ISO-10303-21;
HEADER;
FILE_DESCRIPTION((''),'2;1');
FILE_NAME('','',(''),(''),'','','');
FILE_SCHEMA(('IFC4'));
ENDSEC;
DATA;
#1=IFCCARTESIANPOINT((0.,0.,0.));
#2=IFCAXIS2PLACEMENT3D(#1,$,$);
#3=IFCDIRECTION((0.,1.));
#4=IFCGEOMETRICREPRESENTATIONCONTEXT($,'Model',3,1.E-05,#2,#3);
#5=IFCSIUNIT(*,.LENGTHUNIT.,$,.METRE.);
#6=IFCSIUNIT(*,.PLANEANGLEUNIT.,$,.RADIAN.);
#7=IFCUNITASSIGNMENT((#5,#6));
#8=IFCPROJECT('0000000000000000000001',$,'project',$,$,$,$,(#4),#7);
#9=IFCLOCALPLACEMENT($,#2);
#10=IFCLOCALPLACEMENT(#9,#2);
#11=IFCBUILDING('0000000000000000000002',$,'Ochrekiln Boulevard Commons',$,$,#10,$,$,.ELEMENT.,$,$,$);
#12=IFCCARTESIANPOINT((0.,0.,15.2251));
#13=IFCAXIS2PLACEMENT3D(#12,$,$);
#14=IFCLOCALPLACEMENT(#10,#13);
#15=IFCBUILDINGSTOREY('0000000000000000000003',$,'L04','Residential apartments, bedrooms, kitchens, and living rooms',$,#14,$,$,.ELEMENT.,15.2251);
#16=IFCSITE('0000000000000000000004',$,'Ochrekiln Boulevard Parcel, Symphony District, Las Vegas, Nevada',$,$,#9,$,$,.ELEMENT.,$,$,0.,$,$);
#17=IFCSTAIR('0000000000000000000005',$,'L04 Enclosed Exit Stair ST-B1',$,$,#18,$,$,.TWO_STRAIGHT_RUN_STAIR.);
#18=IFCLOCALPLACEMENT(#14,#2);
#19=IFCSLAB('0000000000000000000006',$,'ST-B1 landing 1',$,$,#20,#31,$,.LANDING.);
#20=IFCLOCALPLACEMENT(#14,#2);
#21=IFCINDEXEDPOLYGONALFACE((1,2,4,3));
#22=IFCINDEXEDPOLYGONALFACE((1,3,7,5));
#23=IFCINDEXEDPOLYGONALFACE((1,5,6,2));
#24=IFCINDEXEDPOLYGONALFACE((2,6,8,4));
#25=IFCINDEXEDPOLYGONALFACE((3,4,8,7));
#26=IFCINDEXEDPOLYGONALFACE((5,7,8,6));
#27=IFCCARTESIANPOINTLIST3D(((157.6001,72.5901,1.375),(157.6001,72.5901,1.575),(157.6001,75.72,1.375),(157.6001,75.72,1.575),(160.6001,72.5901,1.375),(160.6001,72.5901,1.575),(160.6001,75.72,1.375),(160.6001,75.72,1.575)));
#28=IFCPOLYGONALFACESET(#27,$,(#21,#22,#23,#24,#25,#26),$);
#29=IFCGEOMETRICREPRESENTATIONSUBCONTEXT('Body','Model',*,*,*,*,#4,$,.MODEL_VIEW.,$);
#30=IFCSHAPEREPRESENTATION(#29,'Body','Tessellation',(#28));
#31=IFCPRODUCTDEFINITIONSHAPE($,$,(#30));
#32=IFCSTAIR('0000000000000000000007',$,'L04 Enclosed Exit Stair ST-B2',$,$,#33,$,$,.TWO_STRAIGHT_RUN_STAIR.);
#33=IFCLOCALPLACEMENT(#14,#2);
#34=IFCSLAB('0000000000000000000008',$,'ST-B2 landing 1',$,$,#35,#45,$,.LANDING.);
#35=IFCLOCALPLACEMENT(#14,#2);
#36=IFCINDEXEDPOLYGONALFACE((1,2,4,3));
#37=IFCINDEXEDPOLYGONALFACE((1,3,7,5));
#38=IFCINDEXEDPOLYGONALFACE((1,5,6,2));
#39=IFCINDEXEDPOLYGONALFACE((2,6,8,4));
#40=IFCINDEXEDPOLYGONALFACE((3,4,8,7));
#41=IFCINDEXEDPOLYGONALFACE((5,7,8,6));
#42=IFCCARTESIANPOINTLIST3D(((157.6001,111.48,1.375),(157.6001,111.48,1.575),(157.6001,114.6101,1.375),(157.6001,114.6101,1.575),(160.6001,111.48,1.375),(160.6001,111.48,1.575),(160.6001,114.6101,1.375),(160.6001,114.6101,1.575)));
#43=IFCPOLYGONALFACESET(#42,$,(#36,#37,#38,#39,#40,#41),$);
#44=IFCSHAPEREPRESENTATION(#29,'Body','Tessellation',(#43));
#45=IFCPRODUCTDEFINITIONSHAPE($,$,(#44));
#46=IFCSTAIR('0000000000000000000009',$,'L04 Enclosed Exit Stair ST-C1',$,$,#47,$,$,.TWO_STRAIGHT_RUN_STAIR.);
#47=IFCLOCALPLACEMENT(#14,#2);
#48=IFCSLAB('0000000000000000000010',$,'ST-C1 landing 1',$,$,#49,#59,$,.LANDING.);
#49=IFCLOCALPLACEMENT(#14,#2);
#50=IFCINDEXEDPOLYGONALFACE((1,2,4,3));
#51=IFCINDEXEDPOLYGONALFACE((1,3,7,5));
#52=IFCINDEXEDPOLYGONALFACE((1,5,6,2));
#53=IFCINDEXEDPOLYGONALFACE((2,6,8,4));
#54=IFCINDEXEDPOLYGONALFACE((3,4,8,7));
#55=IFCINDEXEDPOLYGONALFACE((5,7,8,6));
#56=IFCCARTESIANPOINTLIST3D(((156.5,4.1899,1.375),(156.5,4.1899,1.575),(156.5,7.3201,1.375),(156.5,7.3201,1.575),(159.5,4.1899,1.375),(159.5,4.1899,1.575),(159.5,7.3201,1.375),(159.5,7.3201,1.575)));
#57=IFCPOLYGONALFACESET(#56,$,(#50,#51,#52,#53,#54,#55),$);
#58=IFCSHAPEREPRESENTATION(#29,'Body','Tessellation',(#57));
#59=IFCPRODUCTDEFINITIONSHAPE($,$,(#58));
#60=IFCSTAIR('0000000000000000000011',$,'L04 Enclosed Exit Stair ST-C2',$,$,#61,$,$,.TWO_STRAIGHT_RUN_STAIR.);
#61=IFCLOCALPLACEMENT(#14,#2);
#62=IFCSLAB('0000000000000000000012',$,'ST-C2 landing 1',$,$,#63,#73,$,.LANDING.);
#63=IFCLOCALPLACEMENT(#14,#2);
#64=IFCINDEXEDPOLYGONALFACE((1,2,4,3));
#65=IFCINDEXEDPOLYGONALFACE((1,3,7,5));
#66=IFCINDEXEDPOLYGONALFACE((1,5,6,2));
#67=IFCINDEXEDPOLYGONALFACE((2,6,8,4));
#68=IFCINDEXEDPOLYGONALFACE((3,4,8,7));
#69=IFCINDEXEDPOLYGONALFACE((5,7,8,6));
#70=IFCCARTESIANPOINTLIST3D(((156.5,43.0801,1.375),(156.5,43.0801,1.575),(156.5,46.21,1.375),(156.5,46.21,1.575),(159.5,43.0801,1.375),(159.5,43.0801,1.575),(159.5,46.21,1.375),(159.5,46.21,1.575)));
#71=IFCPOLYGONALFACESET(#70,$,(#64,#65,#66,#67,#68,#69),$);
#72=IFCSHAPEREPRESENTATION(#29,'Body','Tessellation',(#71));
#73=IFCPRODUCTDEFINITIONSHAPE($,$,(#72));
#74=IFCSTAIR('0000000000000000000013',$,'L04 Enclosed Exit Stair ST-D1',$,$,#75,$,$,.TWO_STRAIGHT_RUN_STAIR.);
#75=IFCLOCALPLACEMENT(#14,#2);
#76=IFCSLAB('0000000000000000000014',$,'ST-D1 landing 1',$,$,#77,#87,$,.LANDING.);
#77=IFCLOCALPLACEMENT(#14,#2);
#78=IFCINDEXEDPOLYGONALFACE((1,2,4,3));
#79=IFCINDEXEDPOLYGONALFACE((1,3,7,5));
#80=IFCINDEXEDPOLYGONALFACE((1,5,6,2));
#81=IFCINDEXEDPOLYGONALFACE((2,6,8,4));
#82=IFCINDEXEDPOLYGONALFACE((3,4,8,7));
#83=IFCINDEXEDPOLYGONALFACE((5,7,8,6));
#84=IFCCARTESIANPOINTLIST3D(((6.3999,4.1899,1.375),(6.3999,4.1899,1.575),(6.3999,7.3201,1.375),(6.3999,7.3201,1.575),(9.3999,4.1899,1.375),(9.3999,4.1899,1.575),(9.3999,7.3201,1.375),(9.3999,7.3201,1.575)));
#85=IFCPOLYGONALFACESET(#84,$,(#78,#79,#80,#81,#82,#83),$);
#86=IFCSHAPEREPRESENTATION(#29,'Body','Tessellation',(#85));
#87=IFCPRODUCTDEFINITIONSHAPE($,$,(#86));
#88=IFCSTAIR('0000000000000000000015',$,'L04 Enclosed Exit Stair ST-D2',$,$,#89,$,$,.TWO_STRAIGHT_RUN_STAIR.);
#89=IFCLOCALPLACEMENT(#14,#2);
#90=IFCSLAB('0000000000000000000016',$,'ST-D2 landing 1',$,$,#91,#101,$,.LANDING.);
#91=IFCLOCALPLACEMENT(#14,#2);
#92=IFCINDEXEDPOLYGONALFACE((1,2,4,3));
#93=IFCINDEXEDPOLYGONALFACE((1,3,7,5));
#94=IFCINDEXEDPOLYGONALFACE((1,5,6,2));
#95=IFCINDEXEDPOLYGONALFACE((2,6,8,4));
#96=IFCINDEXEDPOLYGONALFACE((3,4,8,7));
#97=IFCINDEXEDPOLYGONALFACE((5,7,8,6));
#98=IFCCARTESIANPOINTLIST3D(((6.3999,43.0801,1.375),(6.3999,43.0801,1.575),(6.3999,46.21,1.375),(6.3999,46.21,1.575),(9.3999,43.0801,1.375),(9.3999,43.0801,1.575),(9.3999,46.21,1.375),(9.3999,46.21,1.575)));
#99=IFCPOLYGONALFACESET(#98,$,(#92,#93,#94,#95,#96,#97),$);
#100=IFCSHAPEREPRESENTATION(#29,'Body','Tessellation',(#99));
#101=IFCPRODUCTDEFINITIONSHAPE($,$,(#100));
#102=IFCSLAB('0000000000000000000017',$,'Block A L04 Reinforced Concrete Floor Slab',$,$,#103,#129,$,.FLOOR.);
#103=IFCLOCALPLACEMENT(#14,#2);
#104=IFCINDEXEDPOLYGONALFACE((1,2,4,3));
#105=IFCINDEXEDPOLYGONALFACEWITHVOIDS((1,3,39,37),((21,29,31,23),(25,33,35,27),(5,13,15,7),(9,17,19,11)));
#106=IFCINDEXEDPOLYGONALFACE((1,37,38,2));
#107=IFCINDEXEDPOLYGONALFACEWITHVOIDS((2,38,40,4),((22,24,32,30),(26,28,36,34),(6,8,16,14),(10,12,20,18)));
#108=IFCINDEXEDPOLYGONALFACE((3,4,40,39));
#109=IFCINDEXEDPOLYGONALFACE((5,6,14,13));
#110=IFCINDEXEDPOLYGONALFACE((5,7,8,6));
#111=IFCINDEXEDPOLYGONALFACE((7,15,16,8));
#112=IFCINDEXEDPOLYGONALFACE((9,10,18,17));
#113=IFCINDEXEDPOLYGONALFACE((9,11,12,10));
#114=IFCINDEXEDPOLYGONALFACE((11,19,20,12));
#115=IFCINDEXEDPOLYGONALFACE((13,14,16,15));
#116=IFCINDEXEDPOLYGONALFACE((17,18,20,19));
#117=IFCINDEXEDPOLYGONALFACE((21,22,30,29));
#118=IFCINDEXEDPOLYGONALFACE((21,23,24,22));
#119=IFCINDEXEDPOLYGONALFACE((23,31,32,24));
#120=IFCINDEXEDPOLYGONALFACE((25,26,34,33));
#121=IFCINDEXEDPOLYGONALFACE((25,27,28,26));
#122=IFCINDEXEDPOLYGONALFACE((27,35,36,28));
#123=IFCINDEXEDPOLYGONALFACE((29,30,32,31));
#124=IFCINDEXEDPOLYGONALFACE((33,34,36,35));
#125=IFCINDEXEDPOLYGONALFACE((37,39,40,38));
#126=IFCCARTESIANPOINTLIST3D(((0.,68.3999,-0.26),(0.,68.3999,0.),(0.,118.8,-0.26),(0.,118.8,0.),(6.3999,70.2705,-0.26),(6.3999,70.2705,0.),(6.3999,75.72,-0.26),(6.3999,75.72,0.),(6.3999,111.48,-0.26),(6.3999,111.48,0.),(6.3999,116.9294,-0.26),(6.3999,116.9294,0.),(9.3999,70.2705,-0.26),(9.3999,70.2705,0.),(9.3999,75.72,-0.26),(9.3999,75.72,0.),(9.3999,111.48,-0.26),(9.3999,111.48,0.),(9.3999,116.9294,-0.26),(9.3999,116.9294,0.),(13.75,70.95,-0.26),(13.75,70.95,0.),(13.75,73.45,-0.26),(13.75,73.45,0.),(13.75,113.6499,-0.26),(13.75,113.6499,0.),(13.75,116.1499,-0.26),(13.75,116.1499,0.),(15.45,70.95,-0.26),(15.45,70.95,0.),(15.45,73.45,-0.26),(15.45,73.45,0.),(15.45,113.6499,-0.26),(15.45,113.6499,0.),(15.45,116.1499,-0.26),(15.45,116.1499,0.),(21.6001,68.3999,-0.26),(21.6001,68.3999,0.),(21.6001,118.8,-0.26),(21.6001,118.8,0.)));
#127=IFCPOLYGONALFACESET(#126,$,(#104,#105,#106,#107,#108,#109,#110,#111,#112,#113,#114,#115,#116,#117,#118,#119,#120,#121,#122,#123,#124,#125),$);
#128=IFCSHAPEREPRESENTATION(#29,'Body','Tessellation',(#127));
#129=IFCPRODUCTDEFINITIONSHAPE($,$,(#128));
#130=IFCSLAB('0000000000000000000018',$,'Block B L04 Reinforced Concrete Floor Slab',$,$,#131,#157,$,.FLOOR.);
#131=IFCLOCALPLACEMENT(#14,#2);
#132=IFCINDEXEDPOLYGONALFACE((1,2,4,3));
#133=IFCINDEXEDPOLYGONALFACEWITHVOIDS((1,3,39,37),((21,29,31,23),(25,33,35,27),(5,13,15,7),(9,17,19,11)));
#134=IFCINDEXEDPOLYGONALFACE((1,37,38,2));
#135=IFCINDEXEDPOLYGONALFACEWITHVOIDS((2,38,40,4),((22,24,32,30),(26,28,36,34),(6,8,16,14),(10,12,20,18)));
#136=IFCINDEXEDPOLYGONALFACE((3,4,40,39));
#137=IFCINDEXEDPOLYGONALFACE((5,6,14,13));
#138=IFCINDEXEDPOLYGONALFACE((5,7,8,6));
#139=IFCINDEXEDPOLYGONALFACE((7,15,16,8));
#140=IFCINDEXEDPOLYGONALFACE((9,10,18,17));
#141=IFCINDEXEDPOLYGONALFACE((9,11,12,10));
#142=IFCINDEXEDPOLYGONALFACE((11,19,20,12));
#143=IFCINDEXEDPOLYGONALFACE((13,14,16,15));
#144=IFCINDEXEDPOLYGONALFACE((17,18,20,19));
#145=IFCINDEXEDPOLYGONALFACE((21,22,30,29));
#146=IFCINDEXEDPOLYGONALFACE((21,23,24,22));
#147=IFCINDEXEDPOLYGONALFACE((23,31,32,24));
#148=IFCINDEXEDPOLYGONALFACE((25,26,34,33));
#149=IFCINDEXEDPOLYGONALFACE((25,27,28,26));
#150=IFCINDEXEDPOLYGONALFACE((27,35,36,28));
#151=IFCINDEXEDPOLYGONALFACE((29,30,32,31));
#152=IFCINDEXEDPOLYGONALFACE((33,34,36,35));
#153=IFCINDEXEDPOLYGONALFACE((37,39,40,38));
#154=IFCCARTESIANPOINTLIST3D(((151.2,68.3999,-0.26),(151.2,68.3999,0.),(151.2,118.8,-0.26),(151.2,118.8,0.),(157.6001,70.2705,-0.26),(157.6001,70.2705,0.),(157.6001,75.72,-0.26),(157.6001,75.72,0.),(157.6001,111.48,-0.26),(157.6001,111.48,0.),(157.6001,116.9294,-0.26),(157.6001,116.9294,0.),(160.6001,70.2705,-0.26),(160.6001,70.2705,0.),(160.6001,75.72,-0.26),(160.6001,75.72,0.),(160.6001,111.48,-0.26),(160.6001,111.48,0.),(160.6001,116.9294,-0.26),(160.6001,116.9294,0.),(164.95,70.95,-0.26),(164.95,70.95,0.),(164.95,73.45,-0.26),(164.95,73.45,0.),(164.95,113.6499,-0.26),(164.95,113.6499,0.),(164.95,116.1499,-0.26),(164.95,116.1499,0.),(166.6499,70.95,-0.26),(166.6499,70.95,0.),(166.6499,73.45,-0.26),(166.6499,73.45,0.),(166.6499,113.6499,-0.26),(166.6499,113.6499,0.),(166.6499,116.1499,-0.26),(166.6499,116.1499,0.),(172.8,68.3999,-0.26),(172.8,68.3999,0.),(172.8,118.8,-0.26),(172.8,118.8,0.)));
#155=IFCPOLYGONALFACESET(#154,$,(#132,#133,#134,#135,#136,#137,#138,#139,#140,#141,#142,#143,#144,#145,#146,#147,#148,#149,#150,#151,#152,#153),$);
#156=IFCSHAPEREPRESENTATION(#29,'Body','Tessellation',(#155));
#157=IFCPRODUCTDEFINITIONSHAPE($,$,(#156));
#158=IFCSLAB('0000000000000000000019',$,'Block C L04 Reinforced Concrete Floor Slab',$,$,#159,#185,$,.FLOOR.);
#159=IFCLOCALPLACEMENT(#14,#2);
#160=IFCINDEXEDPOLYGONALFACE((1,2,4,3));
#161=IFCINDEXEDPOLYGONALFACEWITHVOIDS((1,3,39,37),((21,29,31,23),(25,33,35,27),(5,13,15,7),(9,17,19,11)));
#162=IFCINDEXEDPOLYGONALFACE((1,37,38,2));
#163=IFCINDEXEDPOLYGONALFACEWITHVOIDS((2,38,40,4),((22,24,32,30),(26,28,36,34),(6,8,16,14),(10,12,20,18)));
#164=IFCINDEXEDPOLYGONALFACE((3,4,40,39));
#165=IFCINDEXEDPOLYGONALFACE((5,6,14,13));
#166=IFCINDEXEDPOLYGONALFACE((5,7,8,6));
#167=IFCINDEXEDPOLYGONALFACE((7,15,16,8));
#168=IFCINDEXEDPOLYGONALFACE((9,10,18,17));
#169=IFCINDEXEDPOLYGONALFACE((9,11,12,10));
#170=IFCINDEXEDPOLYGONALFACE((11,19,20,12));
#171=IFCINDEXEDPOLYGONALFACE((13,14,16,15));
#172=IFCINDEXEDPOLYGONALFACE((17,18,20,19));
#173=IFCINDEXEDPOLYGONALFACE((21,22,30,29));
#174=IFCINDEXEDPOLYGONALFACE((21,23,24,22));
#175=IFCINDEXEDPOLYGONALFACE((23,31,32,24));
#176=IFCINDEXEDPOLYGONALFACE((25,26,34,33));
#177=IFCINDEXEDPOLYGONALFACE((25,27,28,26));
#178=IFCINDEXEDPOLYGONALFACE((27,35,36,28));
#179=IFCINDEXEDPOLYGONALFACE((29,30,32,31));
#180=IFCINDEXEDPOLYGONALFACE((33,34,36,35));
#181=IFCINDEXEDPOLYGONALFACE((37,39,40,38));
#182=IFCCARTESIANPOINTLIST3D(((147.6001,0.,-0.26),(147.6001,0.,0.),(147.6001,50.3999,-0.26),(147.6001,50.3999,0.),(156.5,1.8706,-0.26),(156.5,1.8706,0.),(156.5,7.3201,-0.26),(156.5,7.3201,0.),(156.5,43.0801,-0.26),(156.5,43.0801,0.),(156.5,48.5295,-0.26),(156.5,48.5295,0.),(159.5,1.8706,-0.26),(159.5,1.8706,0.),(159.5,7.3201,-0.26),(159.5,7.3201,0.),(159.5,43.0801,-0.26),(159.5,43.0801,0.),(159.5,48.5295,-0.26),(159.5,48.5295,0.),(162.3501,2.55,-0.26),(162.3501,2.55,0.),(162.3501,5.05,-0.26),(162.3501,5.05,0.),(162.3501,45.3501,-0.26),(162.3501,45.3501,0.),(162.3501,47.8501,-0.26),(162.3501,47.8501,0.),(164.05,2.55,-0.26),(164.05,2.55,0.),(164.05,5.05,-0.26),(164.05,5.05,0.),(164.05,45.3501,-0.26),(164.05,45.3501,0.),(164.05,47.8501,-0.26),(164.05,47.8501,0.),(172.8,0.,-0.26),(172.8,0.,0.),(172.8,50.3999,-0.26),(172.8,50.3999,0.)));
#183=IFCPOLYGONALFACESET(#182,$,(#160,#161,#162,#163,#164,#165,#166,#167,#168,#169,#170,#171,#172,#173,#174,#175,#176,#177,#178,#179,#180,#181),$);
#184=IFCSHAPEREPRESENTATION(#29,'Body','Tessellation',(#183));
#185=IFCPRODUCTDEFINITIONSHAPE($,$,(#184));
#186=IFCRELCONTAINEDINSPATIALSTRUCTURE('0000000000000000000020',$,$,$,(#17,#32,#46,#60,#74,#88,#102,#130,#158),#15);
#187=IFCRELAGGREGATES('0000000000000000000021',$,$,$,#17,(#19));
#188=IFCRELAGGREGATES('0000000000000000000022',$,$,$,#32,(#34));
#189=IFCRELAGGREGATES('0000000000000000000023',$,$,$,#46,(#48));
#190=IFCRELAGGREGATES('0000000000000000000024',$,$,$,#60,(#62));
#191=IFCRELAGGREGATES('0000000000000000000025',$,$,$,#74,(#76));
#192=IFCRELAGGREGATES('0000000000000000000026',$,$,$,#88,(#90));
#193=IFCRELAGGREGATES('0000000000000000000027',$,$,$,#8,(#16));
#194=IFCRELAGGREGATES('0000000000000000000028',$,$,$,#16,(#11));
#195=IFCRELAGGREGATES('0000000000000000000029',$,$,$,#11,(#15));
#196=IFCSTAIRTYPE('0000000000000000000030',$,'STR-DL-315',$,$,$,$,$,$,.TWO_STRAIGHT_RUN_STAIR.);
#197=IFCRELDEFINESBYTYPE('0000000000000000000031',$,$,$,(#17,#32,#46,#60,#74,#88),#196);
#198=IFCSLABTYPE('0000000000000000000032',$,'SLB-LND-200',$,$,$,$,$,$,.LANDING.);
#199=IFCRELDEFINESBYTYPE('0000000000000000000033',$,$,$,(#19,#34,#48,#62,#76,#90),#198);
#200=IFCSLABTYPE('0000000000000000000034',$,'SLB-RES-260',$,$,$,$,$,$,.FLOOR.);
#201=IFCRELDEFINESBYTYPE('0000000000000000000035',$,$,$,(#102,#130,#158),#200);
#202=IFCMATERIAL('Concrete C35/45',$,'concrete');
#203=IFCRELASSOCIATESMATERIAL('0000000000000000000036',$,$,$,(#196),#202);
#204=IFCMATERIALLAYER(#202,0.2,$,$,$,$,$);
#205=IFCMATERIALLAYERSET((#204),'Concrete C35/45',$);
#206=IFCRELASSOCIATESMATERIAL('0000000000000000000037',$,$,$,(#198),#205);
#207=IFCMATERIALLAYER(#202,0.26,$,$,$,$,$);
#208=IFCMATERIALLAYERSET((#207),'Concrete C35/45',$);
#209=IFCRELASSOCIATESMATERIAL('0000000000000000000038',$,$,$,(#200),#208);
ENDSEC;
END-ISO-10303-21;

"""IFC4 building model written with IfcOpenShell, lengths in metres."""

from ifc_helpers import new_model, si_unit, direction, frame, origin, place, context, subcontext, project, spatial, polyline, outline, extrude, material, layer, layer_set, type_object, element, aggregate, save


model = new_model("IFC4")

# Units and contexts
model_context = context("Model", 3, precision=1e-05, world=origin(), true_north=direction((0.0, 1.0)))
body_context = subcontext(model_context, "Body", "Model", "MODEL_VIEW")
ifc_project = project(units=[si_unit("LENGTHUNIT", "METRE"), si_unit("PLANEANGLEUNIT", "RADIAN")], contexts=[model_context])

# Site, building, storey
site_placement = place(None, origin())
site = spatial("IfcSite", under=ifc_project, at=site_placement, Name="Ochrekiln Boulevard Parcel, Symphony District, Las Vegas, Nevada", CompositionType="ELEMENT", RefElevation=0.0)
building_placement = place(site_placement, origin())
building = spatial("IfcBuilding", under=site, at=building_placement, Name="Ochrekiln Boulevard Commons", CompositionType="ELEMENT")
storey_placement = place(building_placement, frame((0.0, 0.0, 15.2251)))
storey = spatial("IfcBuildingStorey", under=building, at=storey_placement, Name="L04", Description="Residential apartments, bedrooms, kitchens, and living rooms", CompositionType="ELEMENT", Elevation=15.2251)

# Shared definitions
ifc_material_1 = material(Name="Concrete C35/45", Category="concrete")

# Stairs, slabs
stair_type = type_object("IfcStairType", Name="STR-DL-315", PredefinedType="TWO_STRAIGHT_RUN_STAIR", material=ifc_material_1)
ifc_layer_1 = layer(ifc_material_1, 0.2)
ifc_layer_set_1 = layer_set([ifc_layer_1], Name="Concrete C35/45")
slab_type_1 = type_object("IfcSlabType", Name="SLB-LND-200", PredefinedType="LANDING", material=ifc_layer_set_1)
stair_1_placement = place(storey_placement, origin())
stair_1 = element("IfcStair", 1, at=stair_1_placement, inside=storey, type_object=stair_type, Name="L04 Enclosed Exit Stair ST-B1", PredefinedType="TWO_STRAIGHT_RUN_STAIR")
slab_1_placement = place(storey_placement, frame((0.0, 0.0, 1.375)))
slab_1 = element("IfcSlab", 2, at=slab_1_placement, type_object=slab_type_1, Name="ST-B1 landing 1", PredefinedType="LANDING", context=body_context, shape_type="SweptSolid", body=[
    extrude(outline(polyline([(160.6001, 72.5901), (160.6001, 75.72), (157.6001, 75.72), (157.6001, 72.5901), (160.6001, 72.5901)])), origin(), (0.0, 0.0, 1.0), 0.2),
])
aggregate(stair_1, [slab_1])
stair_2_placement = place(storey_placement, origin())
stair_2 = element("IfcStair", 3, at=stair_2_placement, inside=storey, type_object=stair_type, Name="L04 Enclosed Exit Stair ST-B2", PredefinedType="TWO_STRAIGHT_RUN_STAIR")
slab_2_placement = place(storey_placement, frame((0.0, 0.0, 1.375)))
slab_2 = element("IfcSlab", 4, at=slab_2_placement, type_object=slab_type_1, Name="ST-B2 landing 1", PredefinedType="LANDING", context=body_context, shape_type="SweptSolid", body=[
    extrude(outline(polyline([(157.6001, 114.6101), (157.6001, 111.48), (160.6001, 111.48), (160.6001, 114.6101), (157.6001, 114.6101)])), origin(), (0.0, 0.0, 1.0), 0.2),
])
aggregate(stair_2, [slab_2])
stair_3_placement = place(storey_placement, origin())
stair_3 = element("IfcStair", 5, at=stair_3_placement, inside=storey, type_object=stair_type, Name="L04 Enclosed Exit Stair ST-C1", PredefinedType="TWO_STRAIGHT_RUN_STAIR")
slab_3_placement = place(storey_placement, frame((0.0, 0.0, 1.375)))
slab_3 = element("IfcSlab", 6, at=slab_3_placement, type_object=slab_type_1, Name="ST-C1 landing 1", PredefinedType="LANDING", context=body_context, shape_type="SweptSolid", body=[
    extrude(outline(polyline([(159.5, 4.1899), (159.5, 7.3201), (156.5, 7.3201), (156.5, 4.1899), (159.5, 4.1899)])), origin(), (0.0, 0.0, 1.0), 0.2),
])
aggregate(stair_3, [slab_3])
stair_4_placement = place(storey_placement, origin())
stair_4 = element("IfcStair", 7, at=stair_4_placement, inside=storey, type_object=stair_type, Name="L04 Enclosed Exit Stair ST-C2", PredefinedType="TWO_STRAIGHT_RUN_STAIR")
slab_4_placement = place(storey_placement, frame((0.0, 0.0, 1.375)))
slab_4 = element("IfcSlab", 8, at=slab_4_placement, type_object=slab_type_1, Name="ST-C2 landing 1", PredefinedType="LANDING", context=body_context, shape_type="SweptSolid", body=[
    extrude(outline(polyline([(156.5, 46.21), (156.5, 43.0801), (159.5, 43.0801), (159.5, 46.21), (156.5, 46.21)])), origin(), (0.0, 0.0, 1.0), 0.2),
])
aggregate(stair_4, [slab_4])
stair_5_placement = place(storey_placement, origin())
stair_5 = element("IfcStair", 9, at=stair_5_placement, inside=storey, type_object=stair_type, Name="L04 Enclosed Exit Stair ST-D1", PredefinedType="TWO_STRAIGHT_RUN_STAIR")
slab_5_placement = place(storey_placement, frame((0.0, 0.0, 1.375)))
slab_5 = element("IfcSlab", 10, at=slab_5_placement, type_object=slab_type_1, Name="ST-D1 landing 1", PredefinedType="LANDING", context=body_context, shape_type="SweptSolid", body=[
    extrude(outline(polyline([(9.3999, 4.1899), (9.3999, 7.3201), (6.3999, 7.3201), (6.3999, 4.1899), (9.3999, 4.1899)])), origin(), (0.0, 0.0, 1.0), 0.2),
])
aggregate(stair_5, [slab_5])
stair_6_placement = place(storey_placement, origin())
stair_6 = element("IfcStair", 11, at=stair_6_placement, inside=storey, type_object=stair_type, Name="L04 Enclosed Exit Stair ST-D2", PredefinedType="TWO_STRAIGHT_RUN_STAIR")
slab_6_placement = place(storey_placement, frame((0.0, 0.0, 1.375)))
slab_6 = element("IfcSlab", 12, at=slab_6_placement, type_object=slab_type_1, Name="ST-D2 landing 1", PredefinedType="LANDING", context=body_context, shape_type="SweptSolid", body=[
    extrude(outline(polyline([(6.3999, 46.21), (6.3999, 43.0801), (9.3999, 43.0801), (9.3999, 46.21), (6.3999, 46.21)])), origin(), (0.0, 0.0, 1.0), 0.2),
])
aggregate(stair_6, [slab_6])

# Slabs
ifc_layer_2 = layer(ifc_material_1, 0.26)
ifc_layer_set_2 = layer_set([ifc_layer_2], Name="Concrete C35/45")
slab_type_2 = type_object("IfcSlabType", Name="SLB-RES-260", PredefinedType="FLOOR", material=ifc_layer_set_2)
slab_7_placement = place(storey_placement, frame((0.0, 0.0, -0.26)))
element("IfcSlab", 13, at=slab_7_placement, inside=storey, type_object=slab_type_2, Name="Block A L04 Reinforced Concrete Floor Slab", PredefinedType="FLOOR", context=body_context, shape_type="SweptSolid", body=[
    extrude(outline(polyline([(0.0, 68.3999), (21.6001, 68.3999), (21.6001, 118.8), (0.0, 118.8), (0.0, 68.3999)]), holes=[polyline([(9.3999, 70.2705), (9.3999, 75.72), (6.3999, 75.72), (6.3999, 70.2705), (9.3999, 70.2705)]), polyline([(6.3999, 116.9294), (6.3999, 111.48), (9.3999, 111.48), (9.3999, 116.9294), (6.3999, 116.9294)]), polyline([(13.75, 70.95), (15.45, 70.95), (15.45, 73.45), (13.75, 73.45), (13.75, 70.95)]), polyline([(13.75, 113.6499), (15.45, 113.6499), (15.45, 116.1499), (13.75, 116.1499), (13.75, 113.6499)])]), origin(), (0.0, 0.0, 1.0), 0.26),
])
slab_8_placement = place(storey_placement, frame((0.0, 0.0, -0.26)))
element("IfcSlab", 14, at=slab_8_placement, inside=storey, type_object=slab_type_2, Name="Block B L04 Reinforced Concrete Floor Slab", PredefinedType="FLOOR", context=body_context, shape_type="SweptSolid", body=[
    extrude(outline(polyline([(151.2, 68.3999), (172.8, 68.3999), (172.8, 118.8), (151.2, 118.8), (151.2, 68.3999)]), holes=[polyline([(160.6001, 70.2705), (160.6001, 75.72), (157.6001, 75.72), (157.6001, 70.2705), (160.6001, 70.2705)]), polyline([(157.6001, 116.9294), (157.6001, 111.48), (160.6001, 111.48), (160.6001, 116.9294), (157.6001, 116.9294)]), polyline([(164.95, 70.95), (166.6499, 70.95), (166.6499, 73.45), (164.95, 73.45), (164.95, 70.95)]), polyline([(164.95, 113.6499), (166.6499, 113.6499), (166.6499, 116.1499), (164.95, 116.1499), (164.95, 113.6499)])]), origin(), (0.0, 0.0, 1.0), 0.26),
])
slab_9_placement = place(storey_placement, frame((0.0, 0.0, -0.26)))
element("IfcSlab", 15, at=slab_9_placement, inside=storey, type_object=slab_type_2, Name="Block C L04 Reinforced Concrete Floor Slab", PredefinedType="FLOOR", context=body_context, shape_type="SweptSolid", body=[
    extrude(outline(polyline([(147.6001, 0.0), (172.8, 0.0), (172.8, 50.3999), (147.6001, 50.3999), (147.6001, 0.0)]), holes=[polyline([(159.5, 1.8706), (159.5, 7.3201), (156.5, 7.3201), (156.5, 1.8706), (159.5, 1.8706)]), polyline([(156.5, 48.5295), (156.5, 43.0801), (159.5, 43.0801), (159.5, 48.5295), (156.5, 48.5295)]), polyline([(162.3501, 2.55), (164.05, 2.55), (164.05, 5.05), (162.3501, 5.05), (162.3501, 2.55)]), polyline([(162.3501, 45.3501), (164.05, 45.3501), (164.05, 47.8501), (162.3501, 47.8501), (162.3501, 45.3501)])]), origin(), (0.0, 0.0, 1.0), 0.26),
])

save(model, "model.ifc")
